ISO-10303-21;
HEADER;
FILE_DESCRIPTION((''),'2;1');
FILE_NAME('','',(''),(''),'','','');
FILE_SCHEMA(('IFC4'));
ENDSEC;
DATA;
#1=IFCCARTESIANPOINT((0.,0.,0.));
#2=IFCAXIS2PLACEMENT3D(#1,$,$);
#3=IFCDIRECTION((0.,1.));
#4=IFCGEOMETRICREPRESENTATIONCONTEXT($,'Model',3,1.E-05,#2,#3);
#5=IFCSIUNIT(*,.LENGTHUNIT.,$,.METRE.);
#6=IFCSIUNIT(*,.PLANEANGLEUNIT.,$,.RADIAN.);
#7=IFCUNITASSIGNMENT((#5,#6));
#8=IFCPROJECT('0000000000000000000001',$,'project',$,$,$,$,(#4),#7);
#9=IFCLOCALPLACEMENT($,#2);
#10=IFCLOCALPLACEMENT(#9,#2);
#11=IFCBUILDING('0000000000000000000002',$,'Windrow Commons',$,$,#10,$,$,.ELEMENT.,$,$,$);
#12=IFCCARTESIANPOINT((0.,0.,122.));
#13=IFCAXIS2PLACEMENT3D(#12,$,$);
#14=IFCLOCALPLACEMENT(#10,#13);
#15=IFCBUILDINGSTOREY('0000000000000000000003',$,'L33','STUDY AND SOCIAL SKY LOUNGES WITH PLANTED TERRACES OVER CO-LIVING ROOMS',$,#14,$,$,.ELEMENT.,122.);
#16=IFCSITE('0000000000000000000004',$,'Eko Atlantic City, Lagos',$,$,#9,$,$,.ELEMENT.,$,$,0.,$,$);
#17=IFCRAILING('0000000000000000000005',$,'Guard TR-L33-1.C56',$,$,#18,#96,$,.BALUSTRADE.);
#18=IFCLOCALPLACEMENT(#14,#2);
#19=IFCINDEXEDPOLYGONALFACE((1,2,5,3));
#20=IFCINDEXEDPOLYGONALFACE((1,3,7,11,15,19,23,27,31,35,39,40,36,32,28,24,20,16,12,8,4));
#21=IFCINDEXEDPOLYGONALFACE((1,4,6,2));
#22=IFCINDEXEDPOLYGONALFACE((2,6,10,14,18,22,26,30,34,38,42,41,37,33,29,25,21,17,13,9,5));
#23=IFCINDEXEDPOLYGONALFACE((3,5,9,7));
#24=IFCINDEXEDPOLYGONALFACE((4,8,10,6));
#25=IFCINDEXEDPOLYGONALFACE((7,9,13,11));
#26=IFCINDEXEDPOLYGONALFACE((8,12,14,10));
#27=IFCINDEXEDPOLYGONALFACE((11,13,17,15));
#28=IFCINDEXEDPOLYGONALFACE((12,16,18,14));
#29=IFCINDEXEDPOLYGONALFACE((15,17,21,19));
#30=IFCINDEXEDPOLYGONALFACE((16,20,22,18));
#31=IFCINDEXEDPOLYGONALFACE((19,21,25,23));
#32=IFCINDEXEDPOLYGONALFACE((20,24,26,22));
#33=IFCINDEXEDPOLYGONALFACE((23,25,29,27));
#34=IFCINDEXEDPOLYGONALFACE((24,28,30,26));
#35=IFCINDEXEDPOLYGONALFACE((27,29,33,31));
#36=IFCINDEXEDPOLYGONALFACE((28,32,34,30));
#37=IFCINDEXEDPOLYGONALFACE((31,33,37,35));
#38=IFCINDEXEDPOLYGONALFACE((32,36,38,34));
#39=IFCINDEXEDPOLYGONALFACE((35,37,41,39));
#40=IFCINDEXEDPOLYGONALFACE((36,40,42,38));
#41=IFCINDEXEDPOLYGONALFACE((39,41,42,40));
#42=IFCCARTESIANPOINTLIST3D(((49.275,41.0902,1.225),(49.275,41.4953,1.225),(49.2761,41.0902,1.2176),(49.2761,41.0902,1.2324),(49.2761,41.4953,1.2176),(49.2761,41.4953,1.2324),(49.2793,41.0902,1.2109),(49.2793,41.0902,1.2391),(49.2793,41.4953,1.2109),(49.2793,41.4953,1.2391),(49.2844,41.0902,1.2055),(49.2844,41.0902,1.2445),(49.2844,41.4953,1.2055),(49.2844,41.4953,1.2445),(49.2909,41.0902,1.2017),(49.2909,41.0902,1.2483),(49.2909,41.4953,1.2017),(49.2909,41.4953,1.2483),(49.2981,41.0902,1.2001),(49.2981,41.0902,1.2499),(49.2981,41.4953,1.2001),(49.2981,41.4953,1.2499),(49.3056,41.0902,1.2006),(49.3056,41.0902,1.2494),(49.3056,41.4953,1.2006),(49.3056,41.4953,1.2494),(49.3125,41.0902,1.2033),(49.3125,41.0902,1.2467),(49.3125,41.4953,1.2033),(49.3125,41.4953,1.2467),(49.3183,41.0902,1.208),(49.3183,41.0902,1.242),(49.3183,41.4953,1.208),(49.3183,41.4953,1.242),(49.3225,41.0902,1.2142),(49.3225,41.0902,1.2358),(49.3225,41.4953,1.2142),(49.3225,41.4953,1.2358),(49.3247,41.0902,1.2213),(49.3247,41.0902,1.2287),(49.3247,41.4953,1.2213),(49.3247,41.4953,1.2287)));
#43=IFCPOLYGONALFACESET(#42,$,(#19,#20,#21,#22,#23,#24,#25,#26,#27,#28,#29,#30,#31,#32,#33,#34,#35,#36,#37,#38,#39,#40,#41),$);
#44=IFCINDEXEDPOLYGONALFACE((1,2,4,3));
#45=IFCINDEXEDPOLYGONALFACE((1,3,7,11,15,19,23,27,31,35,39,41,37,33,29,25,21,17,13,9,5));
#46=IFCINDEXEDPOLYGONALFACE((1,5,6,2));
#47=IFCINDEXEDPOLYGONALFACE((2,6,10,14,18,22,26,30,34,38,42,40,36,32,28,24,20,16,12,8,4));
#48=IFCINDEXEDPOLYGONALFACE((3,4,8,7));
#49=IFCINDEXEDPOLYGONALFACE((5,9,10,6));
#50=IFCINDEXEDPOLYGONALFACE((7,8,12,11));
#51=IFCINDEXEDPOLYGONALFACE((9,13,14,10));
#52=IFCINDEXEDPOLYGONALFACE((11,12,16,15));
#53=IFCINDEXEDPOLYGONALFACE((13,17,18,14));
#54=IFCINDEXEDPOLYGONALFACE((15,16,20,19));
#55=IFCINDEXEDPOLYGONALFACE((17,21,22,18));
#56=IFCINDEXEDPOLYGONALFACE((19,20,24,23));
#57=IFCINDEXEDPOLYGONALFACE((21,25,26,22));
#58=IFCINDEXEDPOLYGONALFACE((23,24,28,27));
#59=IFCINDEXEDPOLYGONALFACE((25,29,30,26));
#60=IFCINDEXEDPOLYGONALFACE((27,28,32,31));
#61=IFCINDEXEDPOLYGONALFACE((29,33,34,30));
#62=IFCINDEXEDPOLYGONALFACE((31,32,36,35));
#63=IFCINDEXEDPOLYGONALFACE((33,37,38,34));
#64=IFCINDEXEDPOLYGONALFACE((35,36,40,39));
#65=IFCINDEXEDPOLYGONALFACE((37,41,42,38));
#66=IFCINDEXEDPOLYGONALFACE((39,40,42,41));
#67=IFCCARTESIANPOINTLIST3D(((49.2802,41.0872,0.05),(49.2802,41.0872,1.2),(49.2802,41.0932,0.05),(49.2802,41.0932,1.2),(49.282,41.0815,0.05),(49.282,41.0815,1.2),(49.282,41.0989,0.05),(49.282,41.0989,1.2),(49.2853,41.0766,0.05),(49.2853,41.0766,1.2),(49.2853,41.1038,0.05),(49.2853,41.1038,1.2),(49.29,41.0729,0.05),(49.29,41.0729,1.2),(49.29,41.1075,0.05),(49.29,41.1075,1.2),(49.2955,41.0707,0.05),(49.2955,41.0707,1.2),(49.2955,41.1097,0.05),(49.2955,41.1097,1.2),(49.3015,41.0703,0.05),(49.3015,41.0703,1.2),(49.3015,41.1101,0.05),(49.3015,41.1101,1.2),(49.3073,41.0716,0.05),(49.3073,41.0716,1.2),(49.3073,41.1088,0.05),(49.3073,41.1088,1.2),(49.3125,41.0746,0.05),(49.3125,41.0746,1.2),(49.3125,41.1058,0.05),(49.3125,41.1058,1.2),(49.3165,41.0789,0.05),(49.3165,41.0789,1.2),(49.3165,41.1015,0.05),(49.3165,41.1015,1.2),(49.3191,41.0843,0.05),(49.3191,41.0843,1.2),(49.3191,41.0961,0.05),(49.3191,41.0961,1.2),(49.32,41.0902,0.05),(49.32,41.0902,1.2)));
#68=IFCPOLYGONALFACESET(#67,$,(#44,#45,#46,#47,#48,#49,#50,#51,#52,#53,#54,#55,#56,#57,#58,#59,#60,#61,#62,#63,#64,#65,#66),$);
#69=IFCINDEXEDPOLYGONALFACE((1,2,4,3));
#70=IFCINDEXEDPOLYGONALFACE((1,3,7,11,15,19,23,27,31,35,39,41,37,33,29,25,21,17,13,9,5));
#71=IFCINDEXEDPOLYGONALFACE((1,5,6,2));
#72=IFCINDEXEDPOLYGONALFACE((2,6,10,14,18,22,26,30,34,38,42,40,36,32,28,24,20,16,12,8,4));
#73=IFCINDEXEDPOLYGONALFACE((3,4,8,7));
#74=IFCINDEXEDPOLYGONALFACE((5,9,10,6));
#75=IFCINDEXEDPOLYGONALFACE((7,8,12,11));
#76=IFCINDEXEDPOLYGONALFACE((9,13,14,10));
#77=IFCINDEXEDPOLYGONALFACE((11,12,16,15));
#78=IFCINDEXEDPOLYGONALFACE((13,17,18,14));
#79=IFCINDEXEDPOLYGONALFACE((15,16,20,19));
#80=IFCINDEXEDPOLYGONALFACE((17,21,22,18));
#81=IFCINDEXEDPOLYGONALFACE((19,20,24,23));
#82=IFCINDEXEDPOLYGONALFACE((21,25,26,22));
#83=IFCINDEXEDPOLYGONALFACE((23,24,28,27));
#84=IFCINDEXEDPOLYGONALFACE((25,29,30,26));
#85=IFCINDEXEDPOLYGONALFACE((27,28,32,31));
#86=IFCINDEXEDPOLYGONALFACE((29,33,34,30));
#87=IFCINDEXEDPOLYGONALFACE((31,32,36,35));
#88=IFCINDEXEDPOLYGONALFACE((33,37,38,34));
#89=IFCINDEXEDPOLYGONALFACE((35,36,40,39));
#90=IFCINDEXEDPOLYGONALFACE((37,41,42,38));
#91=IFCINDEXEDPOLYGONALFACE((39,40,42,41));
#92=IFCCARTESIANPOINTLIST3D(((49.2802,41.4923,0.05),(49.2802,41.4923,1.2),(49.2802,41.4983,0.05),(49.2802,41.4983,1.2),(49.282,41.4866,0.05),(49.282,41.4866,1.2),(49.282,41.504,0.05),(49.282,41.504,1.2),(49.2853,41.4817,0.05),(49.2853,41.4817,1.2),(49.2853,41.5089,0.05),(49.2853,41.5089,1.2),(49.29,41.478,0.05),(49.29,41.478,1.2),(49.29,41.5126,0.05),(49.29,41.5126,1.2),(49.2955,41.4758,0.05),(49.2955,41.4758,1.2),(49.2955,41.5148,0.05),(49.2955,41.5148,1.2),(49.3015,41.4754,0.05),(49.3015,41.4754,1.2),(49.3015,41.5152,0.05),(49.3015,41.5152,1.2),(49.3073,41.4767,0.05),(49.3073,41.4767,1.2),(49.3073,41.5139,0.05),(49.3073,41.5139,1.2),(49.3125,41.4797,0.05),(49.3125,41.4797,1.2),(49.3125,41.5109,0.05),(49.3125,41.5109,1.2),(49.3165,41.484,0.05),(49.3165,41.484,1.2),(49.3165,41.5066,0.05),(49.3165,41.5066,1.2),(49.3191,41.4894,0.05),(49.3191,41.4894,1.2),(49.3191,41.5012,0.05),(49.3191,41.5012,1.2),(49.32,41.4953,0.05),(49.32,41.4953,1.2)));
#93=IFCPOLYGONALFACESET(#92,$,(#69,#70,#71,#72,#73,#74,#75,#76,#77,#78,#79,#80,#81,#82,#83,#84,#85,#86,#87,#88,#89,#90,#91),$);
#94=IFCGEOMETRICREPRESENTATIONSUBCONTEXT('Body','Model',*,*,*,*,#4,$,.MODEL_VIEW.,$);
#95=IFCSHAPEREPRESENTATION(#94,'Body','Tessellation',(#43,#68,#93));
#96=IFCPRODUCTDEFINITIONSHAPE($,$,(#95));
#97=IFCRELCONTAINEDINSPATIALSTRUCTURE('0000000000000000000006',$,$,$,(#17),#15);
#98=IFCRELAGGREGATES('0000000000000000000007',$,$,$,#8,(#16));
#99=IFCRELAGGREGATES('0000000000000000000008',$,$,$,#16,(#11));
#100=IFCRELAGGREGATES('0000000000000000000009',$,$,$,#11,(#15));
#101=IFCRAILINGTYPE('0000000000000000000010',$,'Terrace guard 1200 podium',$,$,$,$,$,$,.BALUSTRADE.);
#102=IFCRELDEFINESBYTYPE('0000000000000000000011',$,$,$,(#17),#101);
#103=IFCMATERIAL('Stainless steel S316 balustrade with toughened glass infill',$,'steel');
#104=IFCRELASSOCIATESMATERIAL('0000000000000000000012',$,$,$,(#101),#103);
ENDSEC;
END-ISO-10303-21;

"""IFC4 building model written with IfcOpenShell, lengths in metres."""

from ifc_helpers import new_model, si_unit, direction, frame, origin, origin_2d, place, context, subcontext, project, spatial, circle, extrude, material, type_object, element, save


model = new_model("IFC4")

# Units and contexts
model_context = context("Model", 3, precision=1e-05, world=origin(), true_north=direction((0.0, 1.0)))
body_context = subcontext(model_context, "Body", "Model", "MODEL_VIEW")
ifc_project = project(units=[si_unit("LENGTHUNIT", "METRE"), si_unit("PLANEANGLEUNIT", "RADIAN")], contexts=[model_context])

# Site, building, storey
site_placement = place(None, origin())
site = spatial("IfcSite", under=ifc_project, at=site_placement, Name="Eko Atlantic City, Lagos", CompositionType="ELEMENT", RefElevation=0.0)
building_placement = place(site_placement, origin())
building = spatial("IfcBuilding", under=site, at=building_placement, Name="Windrow Commons", CompositionType="ELEMENT")
storey_placement = place(building_placement, frame((0.0, 0.0, 122.0)))
storey = spatial("IfcBuildingStorey", under=building, at=storey_placement, Name="L33", Description="STUDY AND SOCIAL SKY LOUNGES WITH PLANTED TERRACES OVER CO-LIVING ROOMS", CompositionType="ELEMENT", Elevation=122.0)

# Railing
ifc_material_1 = material(Name="Stainless steel S316 balustrade with toughened glass infill", Category="steel")
railing_type = type_object("IfcRailingType", Name="Terrace guard 1200 podium", PredefinedType="BALUSTRADE", material=ifc_material_1)
railing_1_placement = place(storey_placement, frame((49.3, 41.0902, 0.05)))
element("IfcRailing", 1, at=railing_1_placement, inside=storey, type_object=railing_type, Name="Guard TR-L33-1.C56", PredefinedType="BALUSTRADE", context=body_context, shape_type="SweptSolid", body=[
    extrude(circle(Radius=0.025, at=origin_2d()), frame((0.0, 0.0, 1.175), z_axis=(0.0, 1.0, 0.0), x_axis=(-1.0, 0.0, 0.0)), (0.0, 0.0, 1.0), 0.4051),
    extrude(circle(Radius=0.02, at=origin_2d()), origin(), (0.0, 0.0, 1.0), 1.15),
    extrude(circle(Radius=0.02, at=origin_2d()), frame((0.0, 0.4051, 0.0)), (0.0, 0.0, 1.0), 1.15),
])

save(model, "model.ifc")
